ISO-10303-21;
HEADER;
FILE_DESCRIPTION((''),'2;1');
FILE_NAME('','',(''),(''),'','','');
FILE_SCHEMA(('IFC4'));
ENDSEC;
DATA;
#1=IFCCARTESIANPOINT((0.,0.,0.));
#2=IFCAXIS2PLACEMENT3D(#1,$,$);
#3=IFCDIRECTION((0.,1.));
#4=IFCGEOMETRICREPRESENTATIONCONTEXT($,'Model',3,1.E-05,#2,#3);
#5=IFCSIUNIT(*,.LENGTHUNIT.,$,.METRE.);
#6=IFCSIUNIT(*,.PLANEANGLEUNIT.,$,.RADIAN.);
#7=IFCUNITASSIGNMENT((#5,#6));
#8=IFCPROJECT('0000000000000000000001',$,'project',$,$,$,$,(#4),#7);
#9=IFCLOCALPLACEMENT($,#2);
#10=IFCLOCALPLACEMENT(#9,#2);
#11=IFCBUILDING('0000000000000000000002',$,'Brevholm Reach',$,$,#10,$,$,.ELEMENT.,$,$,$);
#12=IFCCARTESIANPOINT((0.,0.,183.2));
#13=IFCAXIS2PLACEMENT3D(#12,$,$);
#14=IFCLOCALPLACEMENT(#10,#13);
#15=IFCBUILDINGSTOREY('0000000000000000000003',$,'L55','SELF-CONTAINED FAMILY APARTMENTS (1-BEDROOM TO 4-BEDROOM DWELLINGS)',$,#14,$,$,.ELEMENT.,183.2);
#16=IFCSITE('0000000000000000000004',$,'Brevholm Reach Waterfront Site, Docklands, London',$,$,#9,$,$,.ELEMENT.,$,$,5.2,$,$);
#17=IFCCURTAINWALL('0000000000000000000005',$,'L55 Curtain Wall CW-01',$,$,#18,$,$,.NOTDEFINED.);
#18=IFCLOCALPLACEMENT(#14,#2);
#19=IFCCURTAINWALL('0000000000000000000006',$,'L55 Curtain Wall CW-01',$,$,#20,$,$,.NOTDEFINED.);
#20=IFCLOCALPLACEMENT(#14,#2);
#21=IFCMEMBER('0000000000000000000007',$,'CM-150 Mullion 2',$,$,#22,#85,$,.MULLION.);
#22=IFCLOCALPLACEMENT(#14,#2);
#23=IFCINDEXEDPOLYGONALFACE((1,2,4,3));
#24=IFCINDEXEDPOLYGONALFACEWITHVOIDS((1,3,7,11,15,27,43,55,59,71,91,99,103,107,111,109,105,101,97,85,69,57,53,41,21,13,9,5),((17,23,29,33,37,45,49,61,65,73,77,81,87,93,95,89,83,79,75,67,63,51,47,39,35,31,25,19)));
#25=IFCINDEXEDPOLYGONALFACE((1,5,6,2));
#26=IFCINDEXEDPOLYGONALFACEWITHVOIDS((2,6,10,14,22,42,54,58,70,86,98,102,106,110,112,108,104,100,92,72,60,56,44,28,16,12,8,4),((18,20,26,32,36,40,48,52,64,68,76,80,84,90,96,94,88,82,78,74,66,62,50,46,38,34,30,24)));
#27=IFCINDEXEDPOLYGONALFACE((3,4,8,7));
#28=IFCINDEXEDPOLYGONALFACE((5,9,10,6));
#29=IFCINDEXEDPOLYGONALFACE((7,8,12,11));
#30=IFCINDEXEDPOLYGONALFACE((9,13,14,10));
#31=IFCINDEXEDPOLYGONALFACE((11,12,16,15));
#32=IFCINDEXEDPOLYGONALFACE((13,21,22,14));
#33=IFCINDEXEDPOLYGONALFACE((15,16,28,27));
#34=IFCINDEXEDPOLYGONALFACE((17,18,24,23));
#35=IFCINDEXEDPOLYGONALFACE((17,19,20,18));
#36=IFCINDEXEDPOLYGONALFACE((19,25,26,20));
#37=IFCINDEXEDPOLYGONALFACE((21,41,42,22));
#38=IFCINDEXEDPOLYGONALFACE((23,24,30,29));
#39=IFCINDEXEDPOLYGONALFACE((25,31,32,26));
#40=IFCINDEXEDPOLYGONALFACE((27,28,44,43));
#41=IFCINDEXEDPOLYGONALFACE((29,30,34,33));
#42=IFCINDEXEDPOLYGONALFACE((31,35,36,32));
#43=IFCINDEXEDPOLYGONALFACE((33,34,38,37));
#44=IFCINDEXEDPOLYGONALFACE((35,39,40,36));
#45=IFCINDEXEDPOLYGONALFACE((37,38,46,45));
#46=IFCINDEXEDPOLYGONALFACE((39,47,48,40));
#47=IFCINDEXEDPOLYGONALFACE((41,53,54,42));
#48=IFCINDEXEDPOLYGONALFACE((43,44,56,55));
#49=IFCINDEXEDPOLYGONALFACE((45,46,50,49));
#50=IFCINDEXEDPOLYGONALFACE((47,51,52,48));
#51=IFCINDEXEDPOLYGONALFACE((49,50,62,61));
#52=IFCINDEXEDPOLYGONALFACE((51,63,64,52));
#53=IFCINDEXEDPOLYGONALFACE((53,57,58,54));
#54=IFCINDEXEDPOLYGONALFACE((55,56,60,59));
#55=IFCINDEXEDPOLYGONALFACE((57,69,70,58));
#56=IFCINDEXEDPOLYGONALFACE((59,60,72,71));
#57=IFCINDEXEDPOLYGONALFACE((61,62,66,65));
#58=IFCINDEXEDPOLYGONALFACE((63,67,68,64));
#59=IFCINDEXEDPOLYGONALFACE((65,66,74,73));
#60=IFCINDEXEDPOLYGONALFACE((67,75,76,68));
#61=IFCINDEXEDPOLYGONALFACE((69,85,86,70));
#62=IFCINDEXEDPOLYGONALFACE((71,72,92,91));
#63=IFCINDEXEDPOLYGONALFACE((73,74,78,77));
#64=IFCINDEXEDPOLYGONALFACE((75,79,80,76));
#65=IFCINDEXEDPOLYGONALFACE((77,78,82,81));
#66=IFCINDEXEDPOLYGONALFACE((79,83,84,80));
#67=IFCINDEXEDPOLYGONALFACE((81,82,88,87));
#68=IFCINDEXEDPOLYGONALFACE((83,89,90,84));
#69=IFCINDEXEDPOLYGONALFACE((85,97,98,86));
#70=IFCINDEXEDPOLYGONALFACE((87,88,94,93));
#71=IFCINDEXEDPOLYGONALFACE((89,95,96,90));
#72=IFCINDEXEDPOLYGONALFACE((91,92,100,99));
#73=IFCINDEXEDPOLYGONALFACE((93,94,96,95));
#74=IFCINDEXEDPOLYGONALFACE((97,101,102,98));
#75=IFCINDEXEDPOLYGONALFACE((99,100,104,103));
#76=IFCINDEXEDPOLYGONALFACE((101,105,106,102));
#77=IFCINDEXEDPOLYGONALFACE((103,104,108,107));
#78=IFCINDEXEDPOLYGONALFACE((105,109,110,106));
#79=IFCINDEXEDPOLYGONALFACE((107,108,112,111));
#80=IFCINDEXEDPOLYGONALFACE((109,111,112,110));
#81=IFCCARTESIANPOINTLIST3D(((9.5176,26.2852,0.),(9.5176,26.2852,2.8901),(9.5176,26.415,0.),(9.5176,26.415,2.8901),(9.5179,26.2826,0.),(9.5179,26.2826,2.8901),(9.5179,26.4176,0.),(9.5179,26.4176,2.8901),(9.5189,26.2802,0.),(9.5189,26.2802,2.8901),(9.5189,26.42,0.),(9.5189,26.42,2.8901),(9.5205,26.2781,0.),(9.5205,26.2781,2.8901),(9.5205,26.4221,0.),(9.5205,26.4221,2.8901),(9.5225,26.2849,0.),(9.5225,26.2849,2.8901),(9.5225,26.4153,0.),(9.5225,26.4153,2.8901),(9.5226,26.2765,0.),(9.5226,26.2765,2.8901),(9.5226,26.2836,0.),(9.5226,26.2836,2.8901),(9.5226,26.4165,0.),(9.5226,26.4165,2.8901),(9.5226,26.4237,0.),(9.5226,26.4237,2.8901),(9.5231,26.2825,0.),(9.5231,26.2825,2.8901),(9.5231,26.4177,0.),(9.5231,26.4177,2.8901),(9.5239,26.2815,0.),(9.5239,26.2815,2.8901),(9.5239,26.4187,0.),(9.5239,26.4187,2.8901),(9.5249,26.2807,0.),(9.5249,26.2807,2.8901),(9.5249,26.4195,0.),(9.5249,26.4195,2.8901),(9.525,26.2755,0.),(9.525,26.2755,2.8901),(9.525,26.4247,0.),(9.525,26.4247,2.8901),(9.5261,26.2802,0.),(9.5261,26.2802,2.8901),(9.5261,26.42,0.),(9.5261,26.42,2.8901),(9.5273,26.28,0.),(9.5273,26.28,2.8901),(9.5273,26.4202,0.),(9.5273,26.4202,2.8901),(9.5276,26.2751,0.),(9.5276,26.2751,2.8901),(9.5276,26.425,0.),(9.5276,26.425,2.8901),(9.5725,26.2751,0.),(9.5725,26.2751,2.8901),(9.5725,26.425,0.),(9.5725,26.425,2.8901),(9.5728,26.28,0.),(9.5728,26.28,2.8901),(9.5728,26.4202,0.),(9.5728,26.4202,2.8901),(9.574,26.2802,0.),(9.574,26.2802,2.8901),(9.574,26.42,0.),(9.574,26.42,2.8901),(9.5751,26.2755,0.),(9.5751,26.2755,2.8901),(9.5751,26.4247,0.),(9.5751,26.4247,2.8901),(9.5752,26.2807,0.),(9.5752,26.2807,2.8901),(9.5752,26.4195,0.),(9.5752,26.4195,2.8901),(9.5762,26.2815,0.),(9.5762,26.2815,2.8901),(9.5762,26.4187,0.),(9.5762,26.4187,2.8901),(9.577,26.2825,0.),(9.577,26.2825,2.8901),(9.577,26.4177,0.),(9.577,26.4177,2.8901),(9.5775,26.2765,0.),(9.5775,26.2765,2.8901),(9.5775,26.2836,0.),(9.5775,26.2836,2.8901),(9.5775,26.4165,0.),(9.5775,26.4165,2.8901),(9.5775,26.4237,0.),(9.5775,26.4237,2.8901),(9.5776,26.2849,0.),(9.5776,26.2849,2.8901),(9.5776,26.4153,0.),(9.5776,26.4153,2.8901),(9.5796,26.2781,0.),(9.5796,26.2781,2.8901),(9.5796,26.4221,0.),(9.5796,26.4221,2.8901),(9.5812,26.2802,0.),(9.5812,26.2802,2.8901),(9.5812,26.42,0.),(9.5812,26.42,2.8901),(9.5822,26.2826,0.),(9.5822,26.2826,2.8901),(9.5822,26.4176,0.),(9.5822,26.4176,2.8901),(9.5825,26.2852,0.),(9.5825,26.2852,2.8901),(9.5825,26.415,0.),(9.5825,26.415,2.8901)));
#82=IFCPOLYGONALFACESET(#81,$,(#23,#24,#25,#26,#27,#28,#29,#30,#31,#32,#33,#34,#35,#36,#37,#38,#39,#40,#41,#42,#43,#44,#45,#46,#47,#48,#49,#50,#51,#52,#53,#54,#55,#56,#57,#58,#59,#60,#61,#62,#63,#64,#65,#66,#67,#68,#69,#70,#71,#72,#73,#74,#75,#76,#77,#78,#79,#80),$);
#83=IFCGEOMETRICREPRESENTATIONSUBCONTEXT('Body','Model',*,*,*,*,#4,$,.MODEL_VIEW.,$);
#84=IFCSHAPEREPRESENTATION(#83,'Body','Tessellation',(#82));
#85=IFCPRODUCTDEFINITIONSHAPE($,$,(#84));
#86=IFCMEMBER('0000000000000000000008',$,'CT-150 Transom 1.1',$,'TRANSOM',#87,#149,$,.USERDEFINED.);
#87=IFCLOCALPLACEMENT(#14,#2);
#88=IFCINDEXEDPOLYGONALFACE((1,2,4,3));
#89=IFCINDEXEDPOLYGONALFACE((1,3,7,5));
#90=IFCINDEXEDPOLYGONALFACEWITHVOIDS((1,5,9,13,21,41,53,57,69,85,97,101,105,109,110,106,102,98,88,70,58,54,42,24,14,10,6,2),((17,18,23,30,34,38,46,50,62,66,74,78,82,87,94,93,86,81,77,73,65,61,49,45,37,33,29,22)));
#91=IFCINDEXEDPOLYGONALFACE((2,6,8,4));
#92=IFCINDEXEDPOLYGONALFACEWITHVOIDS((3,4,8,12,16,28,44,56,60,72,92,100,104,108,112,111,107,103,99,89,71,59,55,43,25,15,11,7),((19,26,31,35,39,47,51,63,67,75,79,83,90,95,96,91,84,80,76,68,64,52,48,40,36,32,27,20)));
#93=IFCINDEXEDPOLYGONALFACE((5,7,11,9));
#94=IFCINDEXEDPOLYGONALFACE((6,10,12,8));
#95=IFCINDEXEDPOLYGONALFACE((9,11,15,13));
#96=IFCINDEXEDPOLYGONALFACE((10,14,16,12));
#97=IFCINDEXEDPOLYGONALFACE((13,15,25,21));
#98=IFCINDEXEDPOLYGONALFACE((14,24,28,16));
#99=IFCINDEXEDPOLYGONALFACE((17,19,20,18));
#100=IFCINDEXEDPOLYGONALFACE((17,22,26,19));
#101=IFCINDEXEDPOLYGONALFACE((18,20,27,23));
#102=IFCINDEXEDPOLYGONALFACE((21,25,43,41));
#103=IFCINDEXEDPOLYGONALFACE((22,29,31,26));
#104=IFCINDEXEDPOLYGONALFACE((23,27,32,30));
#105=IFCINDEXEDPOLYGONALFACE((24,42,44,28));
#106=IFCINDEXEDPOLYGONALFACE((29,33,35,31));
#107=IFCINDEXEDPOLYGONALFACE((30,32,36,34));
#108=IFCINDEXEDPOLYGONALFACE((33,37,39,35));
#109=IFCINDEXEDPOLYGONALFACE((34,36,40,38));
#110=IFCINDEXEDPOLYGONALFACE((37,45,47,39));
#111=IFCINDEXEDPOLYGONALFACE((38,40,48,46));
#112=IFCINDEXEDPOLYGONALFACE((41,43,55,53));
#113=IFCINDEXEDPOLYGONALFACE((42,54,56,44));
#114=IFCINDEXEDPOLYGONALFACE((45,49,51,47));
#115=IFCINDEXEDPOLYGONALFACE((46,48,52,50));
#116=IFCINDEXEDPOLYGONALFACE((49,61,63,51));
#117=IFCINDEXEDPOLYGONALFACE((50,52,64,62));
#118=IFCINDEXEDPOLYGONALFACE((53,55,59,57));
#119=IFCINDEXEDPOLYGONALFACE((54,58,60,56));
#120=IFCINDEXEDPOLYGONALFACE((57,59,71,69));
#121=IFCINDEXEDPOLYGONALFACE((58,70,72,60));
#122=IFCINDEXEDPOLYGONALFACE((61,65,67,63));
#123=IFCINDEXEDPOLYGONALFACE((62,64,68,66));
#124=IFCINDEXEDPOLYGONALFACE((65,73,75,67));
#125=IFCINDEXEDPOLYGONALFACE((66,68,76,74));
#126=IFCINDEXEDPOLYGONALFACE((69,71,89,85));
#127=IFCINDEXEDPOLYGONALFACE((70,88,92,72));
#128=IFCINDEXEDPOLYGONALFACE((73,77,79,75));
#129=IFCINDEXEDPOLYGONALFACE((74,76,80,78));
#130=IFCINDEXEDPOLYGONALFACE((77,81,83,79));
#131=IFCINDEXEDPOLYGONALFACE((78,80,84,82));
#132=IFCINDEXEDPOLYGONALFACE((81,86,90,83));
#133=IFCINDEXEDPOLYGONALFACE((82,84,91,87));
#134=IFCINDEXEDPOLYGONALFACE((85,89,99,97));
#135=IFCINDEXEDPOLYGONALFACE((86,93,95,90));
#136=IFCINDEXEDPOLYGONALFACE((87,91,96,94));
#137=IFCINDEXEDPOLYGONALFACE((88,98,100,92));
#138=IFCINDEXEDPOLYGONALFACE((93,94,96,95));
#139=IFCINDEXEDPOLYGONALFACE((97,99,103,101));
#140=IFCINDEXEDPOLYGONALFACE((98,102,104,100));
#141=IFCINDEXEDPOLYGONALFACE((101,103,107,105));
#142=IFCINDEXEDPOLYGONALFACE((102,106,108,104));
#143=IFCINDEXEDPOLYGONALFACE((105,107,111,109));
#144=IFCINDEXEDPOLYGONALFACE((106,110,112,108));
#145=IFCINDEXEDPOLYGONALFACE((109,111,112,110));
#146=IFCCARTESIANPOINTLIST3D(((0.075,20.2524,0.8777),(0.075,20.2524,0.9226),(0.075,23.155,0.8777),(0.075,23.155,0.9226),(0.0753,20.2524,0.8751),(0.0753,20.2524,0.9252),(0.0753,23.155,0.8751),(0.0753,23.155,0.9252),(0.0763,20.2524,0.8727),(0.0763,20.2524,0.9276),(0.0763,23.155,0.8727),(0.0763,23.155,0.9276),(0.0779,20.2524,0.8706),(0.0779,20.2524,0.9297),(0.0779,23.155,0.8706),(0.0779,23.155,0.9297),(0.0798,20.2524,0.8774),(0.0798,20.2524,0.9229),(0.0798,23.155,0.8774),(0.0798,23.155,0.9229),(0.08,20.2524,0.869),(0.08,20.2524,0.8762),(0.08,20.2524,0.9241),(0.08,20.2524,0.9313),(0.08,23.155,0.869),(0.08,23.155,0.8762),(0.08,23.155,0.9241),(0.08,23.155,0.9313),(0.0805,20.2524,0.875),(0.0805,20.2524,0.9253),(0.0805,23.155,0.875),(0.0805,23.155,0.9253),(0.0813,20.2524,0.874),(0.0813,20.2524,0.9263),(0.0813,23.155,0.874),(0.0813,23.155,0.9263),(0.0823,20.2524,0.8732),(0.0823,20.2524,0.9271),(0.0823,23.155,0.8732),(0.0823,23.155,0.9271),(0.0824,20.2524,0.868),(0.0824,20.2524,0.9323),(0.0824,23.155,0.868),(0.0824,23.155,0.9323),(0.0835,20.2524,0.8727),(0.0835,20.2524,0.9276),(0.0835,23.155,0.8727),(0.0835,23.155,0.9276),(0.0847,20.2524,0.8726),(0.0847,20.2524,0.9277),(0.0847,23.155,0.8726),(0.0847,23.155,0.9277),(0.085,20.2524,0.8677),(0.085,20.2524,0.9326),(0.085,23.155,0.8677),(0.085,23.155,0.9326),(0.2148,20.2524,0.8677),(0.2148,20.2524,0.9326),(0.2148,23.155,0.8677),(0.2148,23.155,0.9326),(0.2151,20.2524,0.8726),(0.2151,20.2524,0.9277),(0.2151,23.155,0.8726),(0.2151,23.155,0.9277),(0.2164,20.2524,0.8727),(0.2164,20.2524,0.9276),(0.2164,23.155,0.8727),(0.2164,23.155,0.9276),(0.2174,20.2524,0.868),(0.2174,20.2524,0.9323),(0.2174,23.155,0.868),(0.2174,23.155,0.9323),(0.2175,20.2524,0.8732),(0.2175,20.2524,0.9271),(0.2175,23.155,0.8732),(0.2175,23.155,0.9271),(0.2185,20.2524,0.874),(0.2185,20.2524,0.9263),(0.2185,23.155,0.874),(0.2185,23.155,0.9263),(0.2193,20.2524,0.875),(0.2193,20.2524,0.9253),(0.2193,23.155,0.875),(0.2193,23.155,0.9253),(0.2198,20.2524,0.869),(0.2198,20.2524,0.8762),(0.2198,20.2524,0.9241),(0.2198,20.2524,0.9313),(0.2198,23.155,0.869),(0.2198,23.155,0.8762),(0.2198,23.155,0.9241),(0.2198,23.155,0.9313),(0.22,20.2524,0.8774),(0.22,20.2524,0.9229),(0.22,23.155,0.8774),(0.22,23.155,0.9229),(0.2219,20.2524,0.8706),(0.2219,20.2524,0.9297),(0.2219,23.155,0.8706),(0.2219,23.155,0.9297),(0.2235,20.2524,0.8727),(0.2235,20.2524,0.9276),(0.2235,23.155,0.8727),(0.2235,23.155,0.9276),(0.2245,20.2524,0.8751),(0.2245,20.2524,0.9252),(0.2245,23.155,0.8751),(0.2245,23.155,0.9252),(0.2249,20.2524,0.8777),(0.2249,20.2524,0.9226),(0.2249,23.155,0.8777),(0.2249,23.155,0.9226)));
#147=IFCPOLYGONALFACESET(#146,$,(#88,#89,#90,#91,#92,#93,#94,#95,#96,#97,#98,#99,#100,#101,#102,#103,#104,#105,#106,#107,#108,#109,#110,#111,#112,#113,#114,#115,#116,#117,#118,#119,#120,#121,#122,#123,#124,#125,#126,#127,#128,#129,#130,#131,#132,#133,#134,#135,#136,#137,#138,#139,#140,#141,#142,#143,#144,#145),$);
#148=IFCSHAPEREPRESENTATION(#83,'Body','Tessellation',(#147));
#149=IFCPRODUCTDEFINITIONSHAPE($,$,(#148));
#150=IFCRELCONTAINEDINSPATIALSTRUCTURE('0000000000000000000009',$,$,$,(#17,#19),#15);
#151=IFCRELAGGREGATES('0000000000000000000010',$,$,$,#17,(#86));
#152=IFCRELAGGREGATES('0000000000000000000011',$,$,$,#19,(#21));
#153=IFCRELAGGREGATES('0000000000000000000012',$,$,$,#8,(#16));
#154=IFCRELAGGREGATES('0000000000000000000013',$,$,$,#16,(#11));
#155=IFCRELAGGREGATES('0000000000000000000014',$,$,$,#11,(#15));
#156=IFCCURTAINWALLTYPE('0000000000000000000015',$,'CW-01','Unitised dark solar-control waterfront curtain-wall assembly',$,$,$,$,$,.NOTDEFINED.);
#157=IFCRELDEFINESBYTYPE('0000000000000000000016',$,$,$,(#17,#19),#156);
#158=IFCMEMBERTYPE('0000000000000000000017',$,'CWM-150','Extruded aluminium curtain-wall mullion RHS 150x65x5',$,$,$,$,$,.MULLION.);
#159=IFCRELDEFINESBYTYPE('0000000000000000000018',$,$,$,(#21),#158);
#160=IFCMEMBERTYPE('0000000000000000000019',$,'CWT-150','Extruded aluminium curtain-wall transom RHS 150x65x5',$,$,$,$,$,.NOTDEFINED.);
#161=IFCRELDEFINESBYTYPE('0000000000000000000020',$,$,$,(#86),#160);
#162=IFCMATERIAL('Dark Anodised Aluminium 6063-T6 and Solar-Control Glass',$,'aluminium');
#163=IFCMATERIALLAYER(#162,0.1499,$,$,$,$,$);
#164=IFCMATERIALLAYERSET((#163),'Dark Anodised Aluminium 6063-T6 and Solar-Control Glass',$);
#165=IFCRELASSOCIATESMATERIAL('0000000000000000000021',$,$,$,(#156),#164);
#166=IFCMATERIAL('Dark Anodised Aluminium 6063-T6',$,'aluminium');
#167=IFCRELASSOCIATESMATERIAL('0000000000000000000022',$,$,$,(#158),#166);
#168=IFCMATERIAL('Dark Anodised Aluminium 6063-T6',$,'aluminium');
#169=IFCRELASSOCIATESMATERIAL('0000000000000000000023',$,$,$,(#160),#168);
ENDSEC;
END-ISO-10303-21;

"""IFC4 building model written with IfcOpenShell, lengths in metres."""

from ifc_helpers import new_model, si_unit, direction, frame, origin, origin_2d, place, context, subcontext, project, spatial, hollow_rectangle, extrude, material, layer, layer_set, material_profile, profile_set, type_object, element, aggregate, save


model = new_model("IFC4")

# Units and contexts
model_context = context("Model", 3, precision=1e-05, world=origin(), true_north=direction((0.0, 1.0)))
body_context = subcontext(model_context, "Body", "Model", "MODEL_VIEW")
ifc_project = project(units=[si_unit("LENGTHUNIT", "METRE"), si_unit("PLANEANGLEUNIT", "RADIAN")], contexts=[model_context])

# Site, building, storey
site_placement = place(None, origin())
site = spatial("IfcSite", under=ifc_project, at=site_placement, Name="Brevholm Reach Waterfront Site, Docklands, London", CompositionType="ELEMENT", RefElevation=5.2)
building_placement = place(site_placement, origin())
building = spatial("IfcBuilding", under=site, at=building_placement, Name="Brevholm Reach", CompositionType="ELEMENT")
storey_placement = place(building_placement, frame((0.0, 0.0, 183.2)))
storey = spatial("IfcBuildingStorey", under=building, at=storey_placement, Name="L55", Description="SELF-CONTAINED FAMILY APARTMENTS (1-BEDROOM TO 4-BEDROOM DWELLINGS)", CompositionType="ELEMENT", Elevation=183.2)

# Curtain wall
ifc_material_1 = material(Name="Dark Anodised Aluminium 6063-T6 and Solar-Control Glass", Category="aluminium")
ifc_layer_1 = layer(ifc_material_1, 0.1499)
ifc_layer_set_1 = layer_set([ifc_layer_1], Name="Dark Anodised Aluminium 6063-T6 and Solar-Control Glass")
curtain_wall_type = type_object("IfcCurtainWallType", Name="CW-01", Description="Unitised dark solar-control waterfront curtain-wall assembly", PredefinedType="NOTDEFINED", material=ifc_layer_set_1)
curtain_wall_1_placement = place(storey_placement, origin())
curtain_wall_1 = element("IfcCurtainWall", 1, at=curtain_wall_1_placement, inside=storey, type_object=curtain_wall_type, Name="L55 Curtain Wall CW-01", PredefinedType="NOTDEFINED")
ifc_material_2 = material(Name="Dark Anodised Aluminium 6063-T6", Category="aluminium")
ifc_material_profile_1 = material_profile(ifc_material_2, hollow_rectangle(XDim=0.0649, YDim=0.1499, WallThickness=0.0049, InnerFilletRadius=0.0049, OuterFilletRadius=0.01, at=origin_2d()), Name="RHS 150x65x5")
ifc_profile_set_1 = profile_set([ifc_material_profile_1], Name="Dark Anodised Aluminium 6063-T6")
member_type_1 = type_object("IfcMemberType", Name="CWM-150", Description="Extruded aluminium curtain-wall mullion RHS 150x65x5", PredefinedType="MULLION", material=ifc_profile_set_1)

# Curtain wall, member
curtain_wall_2_placement = place(storey_placement, origin())
curtain_wall_2 = element("IfcCurtainWall", 2, at=curtain_wall_2_placement, inside=storey, type_object=curtain_wall_type, Name="L55 Curtain Wall CW-01", PredefinedType="NOTDEFINED")
member_1_placement = place(storey_placement, frame((9.55, 26.3501, 0.0), z_axis=(0.0, 0.0, 1.0), x_axis=(1.0, 0.0, 0.0)))
member_1 = element("IfcMember", 3, at=member_1_placement, type_object=member_type_1, Name="CM-150 Mullion 2", PredefinedType="MULLION", context=body_context, shape_type="SweptSolid", body=[
    extrude(hollow_rectangle(XDim=0.0649, YDim=0.1499, WallThickness=0.0049, InnerFilletRadius=0.0049, OuterFilletRadius=0.01, at=origin_2d()), origin(), (0.0, 0.0, 1.0), 2.8901),
])

# Member
ifc_material_3 = material(Name="Dark Anodised Aluminium 6063-T6", Category="aluminium")
ifc_material_profile_2 = material_profile(ifc_material_3, hollow_rectangle(XDim=0.0649, YDim=0.1499, WallThickness=0.0049, InnerFilletRadius=0.0049, OuterFilletRadius=0.01, at=origin_2d()), Name="RHS 150x65x5")
ifc_profile_set_2 = profile_set([ifc_material_profile_2], Name="Dark Anodised Aluminium 6063-T6")
member_type_2 = type_object("IfcMemberType", Name="CWT-150", Description="Extruded aluminium curtain-wall transom RHS 150x65x5", PredefinedType="NOTDEFINED", material=ifc_profile_set_2)
member_2_placement = place(storey_placement, frame((0.1499, 23.155, 0.9001), z_axis=(0.0, -1.0, 0.0), x_axis=(0.0, 0.0, 1.0)))
member_2 = element("IfcMember", 4, at=member_2_placement, type_object=member_type_2, Name="CT-150 Transom 1.1", ObjectType="TRANSOM", PredefinedType="USERDEFINED", context=body_context, shape_type="SweptSolid", body=[
    extrude(hollow_rectangle(XDim=0.0649, YDim=0.1499, WallThickness=0.0049, InnerFilletRadius=0.0049, OuterFilletRadius=0.01, at=origin_2d()), origin(), (0.0, 0.0, 1.0), 2.9026),
])

aggregate(curtain_wall_1, [member_2])
aggregate(curtain_wall_2, [member_1])

save(model, "model.ifc")
